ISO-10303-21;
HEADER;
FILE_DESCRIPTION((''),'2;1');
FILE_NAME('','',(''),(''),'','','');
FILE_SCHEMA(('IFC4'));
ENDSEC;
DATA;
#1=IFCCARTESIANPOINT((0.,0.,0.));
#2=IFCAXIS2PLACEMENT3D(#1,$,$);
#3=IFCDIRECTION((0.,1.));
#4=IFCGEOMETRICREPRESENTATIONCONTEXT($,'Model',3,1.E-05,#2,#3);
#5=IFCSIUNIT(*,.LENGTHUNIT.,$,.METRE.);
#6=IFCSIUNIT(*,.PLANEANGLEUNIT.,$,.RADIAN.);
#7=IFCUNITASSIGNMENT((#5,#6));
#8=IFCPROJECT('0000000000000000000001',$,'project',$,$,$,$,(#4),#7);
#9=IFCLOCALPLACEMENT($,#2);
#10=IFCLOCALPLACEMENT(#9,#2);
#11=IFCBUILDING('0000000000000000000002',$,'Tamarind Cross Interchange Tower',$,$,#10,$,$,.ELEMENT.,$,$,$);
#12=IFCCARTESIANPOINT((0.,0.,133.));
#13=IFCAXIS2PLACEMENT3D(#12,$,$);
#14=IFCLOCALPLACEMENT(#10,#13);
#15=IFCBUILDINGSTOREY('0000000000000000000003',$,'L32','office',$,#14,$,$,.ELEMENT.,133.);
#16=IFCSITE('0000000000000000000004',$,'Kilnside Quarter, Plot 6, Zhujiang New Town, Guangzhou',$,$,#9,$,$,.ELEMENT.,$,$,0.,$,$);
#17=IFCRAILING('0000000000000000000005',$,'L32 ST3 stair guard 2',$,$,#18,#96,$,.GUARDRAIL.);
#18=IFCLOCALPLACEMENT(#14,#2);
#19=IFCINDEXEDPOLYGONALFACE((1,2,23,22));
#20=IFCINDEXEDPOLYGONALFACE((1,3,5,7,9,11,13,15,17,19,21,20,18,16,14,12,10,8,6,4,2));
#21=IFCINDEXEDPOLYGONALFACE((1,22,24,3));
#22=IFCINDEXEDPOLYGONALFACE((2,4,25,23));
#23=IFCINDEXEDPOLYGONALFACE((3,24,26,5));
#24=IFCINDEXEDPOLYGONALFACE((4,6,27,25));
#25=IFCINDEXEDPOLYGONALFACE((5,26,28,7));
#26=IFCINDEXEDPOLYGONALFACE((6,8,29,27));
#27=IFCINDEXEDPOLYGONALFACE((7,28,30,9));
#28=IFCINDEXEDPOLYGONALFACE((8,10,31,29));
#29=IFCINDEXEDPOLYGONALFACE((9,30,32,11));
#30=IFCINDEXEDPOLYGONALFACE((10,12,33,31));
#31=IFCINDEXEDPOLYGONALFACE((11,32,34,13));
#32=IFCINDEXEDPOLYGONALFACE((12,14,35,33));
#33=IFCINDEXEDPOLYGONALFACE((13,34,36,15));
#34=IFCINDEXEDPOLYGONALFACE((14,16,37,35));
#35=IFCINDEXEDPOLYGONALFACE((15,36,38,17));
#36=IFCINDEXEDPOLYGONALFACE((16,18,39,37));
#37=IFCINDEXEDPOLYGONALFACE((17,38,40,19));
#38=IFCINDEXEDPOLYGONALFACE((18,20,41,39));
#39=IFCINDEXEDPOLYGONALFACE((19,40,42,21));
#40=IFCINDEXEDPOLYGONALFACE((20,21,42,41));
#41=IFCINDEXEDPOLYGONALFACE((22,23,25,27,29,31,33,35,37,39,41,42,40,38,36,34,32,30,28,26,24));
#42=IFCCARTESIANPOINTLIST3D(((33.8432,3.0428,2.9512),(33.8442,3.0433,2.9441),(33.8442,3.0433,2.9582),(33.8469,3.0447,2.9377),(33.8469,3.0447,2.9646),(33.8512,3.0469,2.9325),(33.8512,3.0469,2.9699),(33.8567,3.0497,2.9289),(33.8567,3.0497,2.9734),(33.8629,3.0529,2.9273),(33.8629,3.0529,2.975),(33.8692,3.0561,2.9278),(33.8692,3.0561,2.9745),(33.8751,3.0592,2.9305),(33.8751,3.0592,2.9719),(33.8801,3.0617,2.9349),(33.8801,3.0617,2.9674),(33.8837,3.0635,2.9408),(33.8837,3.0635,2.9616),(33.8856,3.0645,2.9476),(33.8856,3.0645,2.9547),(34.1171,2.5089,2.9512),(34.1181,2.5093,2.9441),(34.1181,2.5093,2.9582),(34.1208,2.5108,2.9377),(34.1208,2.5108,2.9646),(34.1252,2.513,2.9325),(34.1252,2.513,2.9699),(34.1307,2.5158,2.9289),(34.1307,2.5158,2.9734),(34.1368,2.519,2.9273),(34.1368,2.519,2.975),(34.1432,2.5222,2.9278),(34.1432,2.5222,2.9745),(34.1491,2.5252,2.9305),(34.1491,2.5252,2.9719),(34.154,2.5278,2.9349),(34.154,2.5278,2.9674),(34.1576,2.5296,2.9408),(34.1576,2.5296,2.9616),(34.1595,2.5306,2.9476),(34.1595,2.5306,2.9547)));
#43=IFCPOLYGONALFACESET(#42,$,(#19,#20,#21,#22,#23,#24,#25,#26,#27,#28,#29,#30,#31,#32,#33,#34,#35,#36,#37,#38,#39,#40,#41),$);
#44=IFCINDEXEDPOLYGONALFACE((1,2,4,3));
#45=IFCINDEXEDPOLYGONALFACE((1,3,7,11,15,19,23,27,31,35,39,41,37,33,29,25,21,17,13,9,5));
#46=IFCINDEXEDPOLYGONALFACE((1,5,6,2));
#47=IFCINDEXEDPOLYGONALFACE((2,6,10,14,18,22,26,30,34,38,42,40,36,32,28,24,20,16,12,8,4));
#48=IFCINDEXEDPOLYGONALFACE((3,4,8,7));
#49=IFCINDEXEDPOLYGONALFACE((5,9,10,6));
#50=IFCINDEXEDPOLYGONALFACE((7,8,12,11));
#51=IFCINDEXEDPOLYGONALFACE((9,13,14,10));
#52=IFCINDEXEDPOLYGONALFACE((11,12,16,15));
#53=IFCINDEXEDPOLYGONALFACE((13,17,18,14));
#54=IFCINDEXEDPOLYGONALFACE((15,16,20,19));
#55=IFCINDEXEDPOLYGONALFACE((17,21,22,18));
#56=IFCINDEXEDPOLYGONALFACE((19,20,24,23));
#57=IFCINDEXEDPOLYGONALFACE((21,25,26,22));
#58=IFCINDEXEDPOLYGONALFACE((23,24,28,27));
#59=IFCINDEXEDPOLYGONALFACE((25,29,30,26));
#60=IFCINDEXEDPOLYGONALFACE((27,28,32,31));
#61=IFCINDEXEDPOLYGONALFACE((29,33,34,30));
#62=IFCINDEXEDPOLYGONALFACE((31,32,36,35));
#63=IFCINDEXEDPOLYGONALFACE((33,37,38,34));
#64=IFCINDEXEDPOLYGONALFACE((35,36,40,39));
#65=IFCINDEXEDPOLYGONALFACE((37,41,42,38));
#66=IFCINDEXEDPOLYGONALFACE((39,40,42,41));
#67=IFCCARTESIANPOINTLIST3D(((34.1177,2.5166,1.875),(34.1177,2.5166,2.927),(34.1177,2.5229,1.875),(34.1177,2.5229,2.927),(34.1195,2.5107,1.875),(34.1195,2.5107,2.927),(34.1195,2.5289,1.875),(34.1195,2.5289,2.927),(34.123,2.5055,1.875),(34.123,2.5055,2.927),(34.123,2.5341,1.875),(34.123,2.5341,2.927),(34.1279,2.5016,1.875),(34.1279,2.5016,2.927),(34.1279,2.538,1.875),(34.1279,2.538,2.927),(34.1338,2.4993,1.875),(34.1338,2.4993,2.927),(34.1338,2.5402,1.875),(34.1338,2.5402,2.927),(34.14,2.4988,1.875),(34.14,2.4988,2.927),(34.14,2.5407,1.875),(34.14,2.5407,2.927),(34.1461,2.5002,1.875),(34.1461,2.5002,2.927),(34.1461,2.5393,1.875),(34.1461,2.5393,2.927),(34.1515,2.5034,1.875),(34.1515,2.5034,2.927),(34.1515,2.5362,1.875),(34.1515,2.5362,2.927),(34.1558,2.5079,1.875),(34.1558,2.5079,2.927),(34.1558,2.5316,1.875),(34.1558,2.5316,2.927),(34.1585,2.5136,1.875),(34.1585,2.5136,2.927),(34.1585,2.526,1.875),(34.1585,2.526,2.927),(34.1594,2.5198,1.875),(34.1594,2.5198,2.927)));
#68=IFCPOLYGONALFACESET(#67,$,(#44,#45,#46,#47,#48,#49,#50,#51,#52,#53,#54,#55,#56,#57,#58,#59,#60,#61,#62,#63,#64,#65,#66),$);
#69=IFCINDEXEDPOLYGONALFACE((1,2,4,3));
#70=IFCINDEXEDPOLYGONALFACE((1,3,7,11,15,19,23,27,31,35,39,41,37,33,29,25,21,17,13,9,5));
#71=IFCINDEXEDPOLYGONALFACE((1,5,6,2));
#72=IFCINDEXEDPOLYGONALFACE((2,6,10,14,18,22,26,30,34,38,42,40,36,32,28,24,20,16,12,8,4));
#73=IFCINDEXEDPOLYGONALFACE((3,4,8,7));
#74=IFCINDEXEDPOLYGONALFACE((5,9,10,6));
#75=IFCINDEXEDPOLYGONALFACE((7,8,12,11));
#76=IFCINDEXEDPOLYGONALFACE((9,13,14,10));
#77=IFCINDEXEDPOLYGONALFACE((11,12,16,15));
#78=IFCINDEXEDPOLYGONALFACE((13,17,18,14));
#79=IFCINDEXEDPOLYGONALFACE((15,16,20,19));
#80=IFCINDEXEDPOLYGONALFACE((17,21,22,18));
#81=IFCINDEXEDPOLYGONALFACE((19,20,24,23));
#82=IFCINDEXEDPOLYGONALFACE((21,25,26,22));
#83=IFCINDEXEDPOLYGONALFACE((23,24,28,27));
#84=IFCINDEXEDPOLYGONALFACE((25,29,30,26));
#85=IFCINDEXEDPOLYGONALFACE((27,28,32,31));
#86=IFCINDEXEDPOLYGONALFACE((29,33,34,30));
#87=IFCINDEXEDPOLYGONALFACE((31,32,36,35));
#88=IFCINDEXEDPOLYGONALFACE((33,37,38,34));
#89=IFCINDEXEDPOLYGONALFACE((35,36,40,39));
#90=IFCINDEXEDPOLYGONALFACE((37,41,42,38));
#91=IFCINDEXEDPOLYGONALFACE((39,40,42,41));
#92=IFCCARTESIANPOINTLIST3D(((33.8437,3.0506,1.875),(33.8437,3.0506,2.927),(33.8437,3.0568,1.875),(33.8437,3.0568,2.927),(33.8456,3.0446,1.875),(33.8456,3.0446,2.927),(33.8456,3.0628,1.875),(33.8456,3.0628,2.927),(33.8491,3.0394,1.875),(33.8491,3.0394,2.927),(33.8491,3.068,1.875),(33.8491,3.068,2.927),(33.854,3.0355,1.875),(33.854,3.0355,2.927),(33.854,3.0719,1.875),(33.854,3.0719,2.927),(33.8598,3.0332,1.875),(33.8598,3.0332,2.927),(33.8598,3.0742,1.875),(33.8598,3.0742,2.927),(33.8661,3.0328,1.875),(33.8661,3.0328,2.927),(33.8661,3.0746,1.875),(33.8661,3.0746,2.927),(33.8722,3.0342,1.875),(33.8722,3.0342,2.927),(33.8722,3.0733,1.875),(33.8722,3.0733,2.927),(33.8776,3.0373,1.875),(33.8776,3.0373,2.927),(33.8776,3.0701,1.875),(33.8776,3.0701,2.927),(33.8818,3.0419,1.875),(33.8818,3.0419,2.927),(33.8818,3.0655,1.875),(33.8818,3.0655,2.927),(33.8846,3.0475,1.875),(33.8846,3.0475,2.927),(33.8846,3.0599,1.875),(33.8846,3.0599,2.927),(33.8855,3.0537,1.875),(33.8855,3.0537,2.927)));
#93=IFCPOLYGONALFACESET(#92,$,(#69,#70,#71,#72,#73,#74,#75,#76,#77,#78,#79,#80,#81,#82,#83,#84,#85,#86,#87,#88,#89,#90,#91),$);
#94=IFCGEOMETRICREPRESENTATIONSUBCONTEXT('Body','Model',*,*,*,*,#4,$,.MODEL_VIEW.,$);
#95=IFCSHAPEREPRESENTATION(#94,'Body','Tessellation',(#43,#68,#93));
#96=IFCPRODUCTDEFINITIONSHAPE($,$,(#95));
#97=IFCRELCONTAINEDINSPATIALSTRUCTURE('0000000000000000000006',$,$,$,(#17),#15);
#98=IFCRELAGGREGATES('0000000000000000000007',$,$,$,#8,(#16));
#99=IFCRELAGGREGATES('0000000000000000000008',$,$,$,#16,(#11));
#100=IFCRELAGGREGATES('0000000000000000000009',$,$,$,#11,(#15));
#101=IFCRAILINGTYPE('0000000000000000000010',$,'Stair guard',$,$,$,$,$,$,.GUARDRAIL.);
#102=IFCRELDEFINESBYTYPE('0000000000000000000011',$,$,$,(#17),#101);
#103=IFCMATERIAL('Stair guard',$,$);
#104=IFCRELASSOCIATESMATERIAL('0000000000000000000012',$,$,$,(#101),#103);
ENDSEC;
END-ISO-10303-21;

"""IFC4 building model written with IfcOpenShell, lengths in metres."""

from ifc_helpers import new_model, si_unit, direction, frame, origin, origin_2d, place, context, subcontext, project, spatial, circle, extrude, material, type_object, element, save


model = new_model("IFC4")

# Units and contexts
model_context = context("Model", 3, precision=1e-05, world=origin(), true_north=direction((0.0, 1.0)))
body_context = subcontext(model_context, "Body", "Model", "MODEL_VIEW")
ifc_project = project(units=[si_unit("LENGTHUNIT", "METRE"), si_unit("PLANEANGLEUNIT", "RADIAN")], contexts=[model_context])

# Site, building, storey
site_placement = place(None, origin())
site = spatial("IfcSite", under=ifc_project, at=site_placement, Name="Kilnside Quarter, Plot 6, Zhujiang New Town, Guangzhou", CompositionType="ELEMENT", RefElevation=0.0)
building_placement = place(site_placement, origin())
building = spatial("IfcBuilding", under=site, at=building_placement, Name="Tamarind Cross Interchange Tower", CompositionType="ELEMENT")
storey_placement = place(building_placement, frame((0.0, 0.0, 133.0)))
storey = spatial("IfcBuildingStorey", under=building, at=storey_placement, Name="L32", Description="office", CompositionType="ELEMENT", Elevation=133.0)

# Railing
ifc_material_1 = material(Name="Stair guard")
railing_type_1 = type_object("IfcRailingType", Name="Stair guard", PredefinedType="GUARDRAIL", material=ifc_material_1)
railing_1_placement = place(storey_placement, frame((34.1384, 2.5198, 1.875)))
element("IfcRailing", 1, at=railing_1_placement, inside=storey, type_object=railing_type_1, Name="L32 ST3 stair guard 2", PredefinedType="GUARDRAIL", context=body_context, shape_type="SweptSolid", body=[
    extrude(circle(Radius=0.0239, at=origin_2d()), frame((0.0, 0.0, 1.0762), z_axis=(-0.456465, 0.889741, 0.0), x_axis=(-0.889741, -0.456465, 0.0)), (0.0, 0.0, 1.0), 0.6001),
    extrude(circle(Radius=0.021, at=origin_2d()), origin(), (0.0, 0.0, 1.0), 1.052),
    extrude(circle(Radius=0.021, at=origin_2d()), frame((-0.2739, 0.5339, 0.0)), (0.0, 0.0, 1.0), 1.052),
])

save(model, "model.ifc")
